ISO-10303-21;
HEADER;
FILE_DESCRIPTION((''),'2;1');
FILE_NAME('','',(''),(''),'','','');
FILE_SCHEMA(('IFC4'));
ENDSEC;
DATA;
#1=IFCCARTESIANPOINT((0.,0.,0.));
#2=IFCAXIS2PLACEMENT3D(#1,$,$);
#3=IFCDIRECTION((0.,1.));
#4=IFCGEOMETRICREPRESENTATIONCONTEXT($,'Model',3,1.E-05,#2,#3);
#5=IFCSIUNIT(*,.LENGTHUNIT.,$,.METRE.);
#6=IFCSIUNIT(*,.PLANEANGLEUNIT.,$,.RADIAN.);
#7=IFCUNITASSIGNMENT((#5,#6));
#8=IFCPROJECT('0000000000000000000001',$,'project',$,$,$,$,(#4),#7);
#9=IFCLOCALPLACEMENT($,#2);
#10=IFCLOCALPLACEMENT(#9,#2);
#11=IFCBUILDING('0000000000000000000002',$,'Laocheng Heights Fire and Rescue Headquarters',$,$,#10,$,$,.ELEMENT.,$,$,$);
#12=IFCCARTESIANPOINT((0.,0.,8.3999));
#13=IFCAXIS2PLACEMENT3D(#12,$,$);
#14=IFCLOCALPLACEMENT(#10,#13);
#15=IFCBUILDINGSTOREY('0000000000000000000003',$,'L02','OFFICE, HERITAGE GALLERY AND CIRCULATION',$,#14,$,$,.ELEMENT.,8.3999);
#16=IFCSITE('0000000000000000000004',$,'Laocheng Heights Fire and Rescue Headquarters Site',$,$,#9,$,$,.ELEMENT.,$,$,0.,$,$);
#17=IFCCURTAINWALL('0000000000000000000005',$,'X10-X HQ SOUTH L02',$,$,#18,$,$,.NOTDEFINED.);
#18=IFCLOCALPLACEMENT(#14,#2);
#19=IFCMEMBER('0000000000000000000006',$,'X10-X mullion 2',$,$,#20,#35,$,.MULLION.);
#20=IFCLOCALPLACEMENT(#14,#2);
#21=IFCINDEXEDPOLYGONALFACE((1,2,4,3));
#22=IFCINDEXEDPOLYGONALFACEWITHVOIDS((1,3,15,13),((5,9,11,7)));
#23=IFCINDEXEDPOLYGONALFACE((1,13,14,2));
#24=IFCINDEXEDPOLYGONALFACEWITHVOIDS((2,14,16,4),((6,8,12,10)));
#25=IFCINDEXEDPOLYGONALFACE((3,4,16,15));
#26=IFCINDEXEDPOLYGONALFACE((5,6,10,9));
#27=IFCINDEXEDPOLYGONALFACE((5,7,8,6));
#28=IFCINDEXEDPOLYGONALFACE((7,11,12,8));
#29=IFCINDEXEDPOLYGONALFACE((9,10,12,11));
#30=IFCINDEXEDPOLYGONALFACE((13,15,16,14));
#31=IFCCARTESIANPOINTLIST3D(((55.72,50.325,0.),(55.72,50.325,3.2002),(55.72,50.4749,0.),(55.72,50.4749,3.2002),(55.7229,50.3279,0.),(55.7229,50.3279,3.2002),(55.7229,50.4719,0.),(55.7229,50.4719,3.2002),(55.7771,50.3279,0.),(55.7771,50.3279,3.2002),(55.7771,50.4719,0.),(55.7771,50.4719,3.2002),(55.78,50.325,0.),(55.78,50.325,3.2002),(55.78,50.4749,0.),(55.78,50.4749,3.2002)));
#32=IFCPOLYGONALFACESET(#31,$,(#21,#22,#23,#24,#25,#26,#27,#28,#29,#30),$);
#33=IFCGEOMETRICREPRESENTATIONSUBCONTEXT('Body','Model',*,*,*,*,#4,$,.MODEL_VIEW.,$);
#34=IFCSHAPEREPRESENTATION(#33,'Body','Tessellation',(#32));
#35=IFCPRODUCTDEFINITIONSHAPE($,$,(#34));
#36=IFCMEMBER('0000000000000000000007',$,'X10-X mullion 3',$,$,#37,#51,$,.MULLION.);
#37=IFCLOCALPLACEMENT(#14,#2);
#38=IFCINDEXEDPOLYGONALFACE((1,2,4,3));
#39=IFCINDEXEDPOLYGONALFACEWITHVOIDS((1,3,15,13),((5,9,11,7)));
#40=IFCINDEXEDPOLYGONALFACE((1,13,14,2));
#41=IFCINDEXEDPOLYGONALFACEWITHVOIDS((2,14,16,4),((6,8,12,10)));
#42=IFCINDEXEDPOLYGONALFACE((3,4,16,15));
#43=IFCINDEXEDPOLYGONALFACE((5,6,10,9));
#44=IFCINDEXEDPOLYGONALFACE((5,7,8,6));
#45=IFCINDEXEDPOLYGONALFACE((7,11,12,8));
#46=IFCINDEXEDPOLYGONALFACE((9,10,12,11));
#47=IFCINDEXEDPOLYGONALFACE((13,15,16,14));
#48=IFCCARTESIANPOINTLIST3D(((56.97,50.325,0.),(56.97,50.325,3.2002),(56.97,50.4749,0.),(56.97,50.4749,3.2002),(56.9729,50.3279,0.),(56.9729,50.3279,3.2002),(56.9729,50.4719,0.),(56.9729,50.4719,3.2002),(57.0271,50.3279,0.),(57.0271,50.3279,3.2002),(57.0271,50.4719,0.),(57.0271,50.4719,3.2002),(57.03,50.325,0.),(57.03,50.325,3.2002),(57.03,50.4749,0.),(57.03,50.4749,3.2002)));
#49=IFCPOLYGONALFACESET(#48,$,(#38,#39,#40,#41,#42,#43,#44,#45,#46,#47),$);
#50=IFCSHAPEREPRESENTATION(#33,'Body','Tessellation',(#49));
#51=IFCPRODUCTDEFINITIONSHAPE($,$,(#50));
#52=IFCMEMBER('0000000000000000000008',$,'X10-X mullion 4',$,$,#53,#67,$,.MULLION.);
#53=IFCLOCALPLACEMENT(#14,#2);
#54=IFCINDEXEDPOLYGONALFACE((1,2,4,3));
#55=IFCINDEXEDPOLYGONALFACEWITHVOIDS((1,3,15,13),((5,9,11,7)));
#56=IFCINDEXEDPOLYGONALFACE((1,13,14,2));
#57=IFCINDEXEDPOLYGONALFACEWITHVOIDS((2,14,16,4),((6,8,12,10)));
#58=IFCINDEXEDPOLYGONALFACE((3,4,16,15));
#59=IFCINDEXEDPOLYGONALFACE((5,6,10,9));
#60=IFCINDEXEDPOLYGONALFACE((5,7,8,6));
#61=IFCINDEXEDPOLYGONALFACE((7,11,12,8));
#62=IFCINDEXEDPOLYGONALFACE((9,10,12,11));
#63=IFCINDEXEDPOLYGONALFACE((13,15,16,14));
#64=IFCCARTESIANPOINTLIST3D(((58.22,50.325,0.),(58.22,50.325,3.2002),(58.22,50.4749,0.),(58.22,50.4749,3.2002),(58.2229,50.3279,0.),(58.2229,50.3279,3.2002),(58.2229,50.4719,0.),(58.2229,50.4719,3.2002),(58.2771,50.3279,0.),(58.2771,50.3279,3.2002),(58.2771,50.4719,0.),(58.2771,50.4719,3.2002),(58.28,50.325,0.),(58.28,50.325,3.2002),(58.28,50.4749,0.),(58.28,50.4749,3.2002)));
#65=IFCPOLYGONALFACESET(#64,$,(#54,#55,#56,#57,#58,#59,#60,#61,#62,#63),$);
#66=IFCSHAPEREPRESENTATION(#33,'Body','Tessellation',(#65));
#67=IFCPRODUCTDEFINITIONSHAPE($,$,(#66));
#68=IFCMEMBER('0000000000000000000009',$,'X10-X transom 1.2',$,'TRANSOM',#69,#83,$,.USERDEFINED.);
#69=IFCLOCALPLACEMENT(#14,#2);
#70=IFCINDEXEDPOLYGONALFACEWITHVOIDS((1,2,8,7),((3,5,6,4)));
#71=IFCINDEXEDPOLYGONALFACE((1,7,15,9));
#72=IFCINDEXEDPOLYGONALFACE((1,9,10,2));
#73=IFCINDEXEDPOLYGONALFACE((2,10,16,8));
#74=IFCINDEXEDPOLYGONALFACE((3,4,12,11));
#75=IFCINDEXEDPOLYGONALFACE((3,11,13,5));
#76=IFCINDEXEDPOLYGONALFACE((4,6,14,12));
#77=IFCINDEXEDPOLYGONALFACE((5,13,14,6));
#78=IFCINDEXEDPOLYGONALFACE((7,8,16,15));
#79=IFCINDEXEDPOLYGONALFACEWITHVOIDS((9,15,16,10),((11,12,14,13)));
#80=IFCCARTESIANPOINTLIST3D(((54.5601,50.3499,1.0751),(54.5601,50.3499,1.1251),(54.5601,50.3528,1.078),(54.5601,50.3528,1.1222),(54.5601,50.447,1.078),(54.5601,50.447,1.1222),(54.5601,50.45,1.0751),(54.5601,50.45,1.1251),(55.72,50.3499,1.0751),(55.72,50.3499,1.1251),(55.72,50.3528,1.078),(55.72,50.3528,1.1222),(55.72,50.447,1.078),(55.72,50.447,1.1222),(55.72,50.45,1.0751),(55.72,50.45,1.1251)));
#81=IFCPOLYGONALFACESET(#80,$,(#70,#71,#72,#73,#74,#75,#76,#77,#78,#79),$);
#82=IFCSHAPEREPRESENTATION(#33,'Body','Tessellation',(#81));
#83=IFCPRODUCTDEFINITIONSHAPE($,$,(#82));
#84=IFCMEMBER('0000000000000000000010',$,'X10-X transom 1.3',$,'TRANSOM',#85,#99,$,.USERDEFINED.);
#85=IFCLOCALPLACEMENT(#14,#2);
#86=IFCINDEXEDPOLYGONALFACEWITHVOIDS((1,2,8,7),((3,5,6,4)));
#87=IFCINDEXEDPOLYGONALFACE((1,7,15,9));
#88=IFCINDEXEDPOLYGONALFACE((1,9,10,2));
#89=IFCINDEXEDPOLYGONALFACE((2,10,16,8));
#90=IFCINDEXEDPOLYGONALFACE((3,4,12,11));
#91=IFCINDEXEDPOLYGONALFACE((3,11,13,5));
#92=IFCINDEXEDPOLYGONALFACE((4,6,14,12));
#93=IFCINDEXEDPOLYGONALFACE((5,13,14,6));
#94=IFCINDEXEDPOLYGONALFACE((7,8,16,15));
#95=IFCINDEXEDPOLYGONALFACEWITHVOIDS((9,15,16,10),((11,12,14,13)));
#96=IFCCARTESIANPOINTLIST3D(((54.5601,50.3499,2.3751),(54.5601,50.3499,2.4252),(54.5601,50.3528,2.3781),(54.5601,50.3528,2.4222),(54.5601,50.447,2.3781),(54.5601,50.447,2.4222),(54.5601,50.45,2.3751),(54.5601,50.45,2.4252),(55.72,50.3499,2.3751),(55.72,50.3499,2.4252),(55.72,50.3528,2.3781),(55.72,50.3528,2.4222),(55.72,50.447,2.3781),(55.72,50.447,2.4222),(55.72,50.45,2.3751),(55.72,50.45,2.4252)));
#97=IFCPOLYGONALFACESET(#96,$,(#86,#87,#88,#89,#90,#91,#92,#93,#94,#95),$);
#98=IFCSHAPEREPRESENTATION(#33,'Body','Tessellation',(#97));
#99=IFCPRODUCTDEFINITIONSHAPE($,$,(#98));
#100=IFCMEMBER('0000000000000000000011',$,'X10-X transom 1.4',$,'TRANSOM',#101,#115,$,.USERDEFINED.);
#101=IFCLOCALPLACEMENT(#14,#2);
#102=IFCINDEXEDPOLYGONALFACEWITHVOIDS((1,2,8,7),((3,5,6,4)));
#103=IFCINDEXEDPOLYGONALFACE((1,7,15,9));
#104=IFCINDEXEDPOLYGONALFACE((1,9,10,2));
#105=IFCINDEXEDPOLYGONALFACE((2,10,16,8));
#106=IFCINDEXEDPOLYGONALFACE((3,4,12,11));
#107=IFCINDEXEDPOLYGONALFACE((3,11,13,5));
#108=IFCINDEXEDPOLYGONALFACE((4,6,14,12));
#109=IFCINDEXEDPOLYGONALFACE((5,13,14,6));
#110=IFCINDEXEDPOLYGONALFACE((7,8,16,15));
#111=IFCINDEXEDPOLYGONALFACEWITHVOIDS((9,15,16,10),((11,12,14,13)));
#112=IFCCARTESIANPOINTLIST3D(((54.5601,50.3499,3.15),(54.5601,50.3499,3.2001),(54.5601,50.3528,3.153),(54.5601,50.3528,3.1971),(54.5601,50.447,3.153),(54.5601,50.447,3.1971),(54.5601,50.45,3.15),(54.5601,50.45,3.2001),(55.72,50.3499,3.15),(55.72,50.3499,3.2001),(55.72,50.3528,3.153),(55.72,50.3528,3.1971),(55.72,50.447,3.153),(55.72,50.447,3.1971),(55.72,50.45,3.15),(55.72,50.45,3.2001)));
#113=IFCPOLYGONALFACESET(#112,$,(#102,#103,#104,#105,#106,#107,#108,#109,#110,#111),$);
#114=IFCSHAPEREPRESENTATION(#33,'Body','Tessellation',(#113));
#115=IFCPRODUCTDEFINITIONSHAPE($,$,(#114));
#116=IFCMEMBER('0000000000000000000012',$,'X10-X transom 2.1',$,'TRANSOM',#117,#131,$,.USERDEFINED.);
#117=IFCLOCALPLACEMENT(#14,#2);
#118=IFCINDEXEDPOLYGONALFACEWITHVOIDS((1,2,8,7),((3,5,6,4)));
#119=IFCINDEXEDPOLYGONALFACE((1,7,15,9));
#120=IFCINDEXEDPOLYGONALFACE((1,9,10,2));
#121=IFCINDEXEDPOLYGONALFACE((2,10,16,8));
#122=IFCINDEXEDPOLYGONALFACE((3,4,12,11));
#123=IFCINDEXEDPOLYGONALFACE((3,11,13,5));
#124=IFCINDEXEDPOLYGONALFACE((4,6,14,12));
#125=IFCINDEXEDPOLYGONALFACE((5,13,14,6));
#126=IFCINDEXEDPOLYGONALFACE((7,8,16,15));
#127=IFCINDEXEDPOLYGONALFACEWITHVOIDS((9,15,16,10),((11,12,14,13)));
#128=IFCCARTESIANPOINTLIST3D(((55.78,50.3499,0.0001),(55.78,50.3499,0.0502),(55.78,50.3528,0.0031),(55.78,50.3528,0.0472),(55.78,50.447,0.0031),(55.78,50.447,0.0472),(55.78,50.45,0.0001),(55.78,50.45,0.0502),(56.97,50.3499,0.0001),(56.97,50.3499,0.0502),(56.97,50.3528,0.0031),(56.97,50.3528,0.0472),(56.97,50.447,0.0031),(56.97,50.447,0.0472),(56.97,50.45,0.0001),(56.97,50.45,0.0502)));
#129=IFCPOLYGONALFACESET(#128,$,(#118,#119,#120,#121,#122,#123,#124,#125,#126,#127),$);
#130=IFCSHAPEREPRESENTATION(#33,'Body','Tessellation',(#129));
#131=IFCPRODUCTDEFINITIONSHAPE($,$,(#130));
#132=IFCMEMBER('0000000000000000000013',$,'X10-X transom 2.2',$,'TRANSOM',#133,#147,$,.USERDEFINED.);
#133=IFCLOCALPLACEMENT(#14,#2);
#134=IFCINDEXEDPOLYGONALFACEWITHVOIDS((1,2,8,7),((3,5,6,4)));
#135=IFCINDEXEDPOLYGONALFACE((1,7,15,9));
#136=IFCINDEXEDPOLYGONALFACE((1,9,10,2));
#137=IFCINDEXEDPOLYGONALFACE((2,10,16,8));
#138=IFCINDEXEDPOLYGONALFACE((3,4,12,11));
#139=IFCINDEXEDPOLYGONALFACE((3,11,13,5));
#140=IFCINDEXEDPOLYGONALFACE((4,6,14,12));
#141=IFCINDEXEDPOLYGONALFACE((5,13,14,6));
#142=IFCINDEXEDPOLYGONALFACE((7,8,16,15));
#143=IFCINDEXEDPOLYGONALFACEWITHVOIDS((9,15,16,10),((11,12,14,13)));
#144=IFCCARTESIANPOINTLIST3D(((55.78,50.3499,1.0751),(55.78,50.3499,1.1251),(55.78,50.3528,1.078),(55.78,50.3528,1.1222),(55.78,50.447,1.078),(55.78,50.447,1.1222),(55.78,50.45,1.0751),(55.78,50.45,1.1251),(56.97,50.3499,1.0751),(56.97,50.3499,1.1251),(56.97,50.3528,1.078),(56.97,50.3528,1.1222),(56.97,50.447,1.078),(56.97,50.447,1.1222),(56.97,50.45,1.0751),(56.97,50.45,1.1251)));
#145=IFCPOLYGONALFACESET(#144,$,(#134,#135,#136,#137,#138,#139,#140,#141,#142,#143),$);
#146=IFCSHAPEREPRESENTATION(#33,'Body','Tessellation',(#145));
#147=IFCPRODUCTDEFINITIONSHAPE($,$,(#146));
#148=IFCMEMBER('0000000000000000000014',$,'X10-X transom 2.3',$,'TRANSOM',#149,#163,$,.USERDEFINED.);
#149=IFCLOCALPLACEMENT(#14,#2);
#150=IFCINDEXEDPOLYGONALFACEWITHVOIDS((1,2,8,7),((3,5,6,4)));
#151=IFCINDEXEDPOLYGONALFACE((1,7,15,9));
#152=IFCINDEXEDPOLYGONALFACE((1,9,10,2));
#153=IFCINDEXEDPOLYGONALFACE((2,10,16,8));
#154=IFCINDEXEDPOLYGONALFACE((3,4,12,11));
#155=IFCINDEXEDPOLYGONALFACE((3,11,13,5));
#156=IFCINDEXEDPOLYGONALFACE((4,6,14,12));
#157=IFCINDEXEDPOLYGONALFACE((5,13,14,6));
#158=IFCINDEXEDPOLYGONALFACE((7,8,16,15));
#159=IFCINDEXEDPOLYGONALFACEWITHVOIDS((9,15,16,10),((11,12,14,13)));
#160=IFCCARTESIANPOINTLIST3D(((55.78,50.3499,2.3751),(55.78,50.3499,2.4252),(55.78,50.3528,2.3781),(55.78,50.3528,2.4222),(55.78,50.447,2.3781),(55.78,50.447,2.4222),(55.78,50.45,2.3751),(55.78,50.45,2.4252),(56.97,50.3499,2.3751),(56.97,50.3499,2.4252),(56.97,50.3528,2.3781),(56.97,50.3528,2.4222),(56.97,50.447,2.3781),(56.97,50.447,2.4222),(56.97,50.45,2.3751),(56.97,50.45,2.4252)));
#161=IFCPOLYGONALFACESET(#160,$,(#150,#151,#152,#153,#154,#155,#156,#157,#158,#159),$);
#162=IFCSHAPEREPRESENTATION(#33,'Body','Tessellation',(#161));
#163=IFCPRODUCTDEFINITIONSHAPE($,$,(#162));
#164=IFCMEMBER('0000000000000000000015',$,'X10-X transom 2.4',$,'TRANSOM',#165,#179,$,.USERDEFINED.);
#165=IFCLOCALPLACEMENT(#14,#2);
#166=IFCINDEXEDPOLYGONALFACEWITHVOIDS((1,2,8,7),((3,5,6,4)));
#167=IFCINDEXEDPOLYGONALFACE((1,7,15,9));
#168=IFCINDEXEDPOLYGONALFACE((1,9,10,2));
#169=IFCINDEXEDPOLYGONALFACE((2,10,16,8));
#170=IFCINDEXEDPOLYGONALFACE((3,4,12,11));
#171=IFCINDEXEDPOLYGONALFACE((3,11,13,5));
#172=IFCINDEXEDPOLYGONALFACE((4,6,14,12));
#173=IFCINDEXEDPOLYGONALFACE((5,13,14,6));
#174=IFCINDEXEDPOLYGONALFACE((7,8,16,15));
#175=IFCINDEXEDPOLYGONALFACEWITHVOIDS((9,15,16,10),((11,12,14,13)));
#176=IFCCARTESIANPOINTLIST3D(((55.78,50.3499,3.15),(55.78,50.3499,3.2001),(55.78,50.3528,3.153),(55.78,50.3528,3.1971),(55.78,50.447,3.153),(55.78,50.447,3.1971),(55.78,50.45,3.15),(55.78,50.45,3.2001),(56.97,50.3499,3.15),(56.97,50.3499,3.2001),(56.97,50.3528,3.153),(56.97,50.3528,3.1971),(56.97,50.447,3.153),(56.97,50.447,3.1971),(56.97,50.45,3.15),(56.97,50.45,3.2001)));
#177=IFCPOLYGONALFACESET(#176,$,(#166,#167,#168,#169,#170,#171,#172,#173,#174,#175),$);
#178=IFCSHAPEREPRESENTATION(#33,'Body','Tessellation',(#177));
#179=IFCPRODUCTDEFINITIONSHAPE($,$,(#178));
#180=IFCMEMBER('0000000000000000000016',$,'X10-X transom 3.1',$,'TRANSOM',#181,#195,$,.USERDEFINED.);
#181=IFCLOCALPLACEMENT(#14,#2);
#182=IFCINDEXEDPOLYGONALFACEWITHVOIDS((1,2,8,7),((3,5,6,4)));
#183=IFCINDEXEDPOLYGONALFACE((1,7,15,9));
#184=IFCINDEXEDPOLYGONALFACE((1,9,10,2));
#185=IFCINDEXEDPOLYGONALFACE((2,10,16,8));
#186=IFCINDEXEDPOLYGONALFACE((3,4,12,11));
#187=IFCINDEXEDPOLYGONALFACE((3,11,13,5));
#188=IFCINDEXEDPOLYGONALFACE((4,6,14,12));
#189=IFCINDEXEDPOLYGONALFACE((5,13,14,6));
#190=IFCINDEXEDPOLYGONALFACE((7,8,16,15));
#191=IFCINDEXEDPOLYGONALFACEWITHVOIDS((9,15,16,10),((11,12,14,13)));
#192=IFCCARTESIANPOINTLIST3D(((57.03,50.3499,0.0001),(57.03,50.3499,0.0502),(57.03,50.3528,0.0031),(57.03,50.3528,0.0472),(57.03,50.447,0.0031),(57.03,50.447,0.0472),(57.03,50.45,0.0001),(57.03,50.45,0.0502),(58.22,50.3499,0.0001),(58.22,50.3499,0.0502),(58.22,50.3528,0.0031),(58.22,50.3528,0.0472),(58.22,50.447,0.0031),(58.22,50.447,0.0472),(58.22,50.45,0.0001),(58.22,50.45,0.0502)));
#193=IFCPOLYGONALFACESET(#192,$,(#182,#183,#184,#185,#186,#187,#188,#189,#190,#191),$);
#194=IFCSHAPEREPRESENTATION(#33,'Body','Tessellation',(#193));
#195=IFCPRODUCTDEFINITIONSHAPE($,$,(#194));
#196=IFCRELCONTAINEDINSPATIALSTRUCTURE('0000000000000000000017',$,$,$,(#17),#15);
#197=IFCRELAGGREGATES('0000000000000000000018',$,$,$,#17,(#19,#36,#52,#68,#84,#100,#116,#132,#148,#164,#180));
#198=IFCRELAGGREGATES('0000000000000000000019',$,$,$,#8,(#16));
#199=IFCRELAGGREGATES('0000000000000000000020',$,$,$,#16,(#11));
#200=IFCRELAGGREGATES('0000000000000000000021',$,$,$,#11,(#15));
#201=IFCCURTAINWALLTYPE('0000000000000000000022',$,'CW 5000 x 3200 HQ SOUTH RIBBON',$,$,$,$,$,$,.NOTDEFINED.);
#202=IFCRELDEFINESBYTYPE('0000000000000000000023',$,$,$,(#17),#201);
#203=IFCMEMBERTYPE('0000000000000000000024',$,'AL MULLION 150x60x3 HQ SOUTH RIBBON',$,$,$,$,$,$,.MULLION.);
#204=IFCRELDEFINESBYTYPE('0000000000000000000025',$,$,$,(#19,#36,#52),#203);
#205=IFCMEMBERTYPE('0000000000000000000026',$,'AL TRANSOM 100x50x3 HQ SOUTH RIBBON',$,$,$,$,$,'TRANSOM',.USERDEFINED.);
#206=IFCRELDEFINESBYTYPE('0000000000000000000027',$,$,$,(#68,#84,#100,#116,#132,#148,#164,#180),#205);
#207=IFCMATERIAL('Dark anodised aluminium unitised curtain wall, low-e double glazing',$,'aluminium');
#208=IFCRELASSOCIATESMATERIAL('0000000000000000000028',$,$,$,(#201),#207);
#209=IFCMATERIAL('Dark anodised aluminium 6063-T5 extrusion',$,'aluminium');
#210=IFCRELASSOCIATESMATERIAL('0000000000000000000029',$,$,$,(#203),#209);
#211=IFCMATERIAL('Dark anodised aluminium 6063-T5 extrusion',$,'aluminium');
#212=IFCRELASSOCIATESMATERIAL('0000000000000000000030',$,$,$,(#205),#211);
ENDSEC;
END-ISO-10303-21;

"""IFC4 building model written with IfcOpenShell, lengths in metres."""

from ifc_helpers import new_model, si_unit, direction, frame, origin, origin_2d, place, context, subcontext, project, spatial, hollow_rectangle, extrude, material, material_profile, profile_set, type_object, element, aggregate, save


model = new_model("IFC4")

# Units and contexts
model_context = context("Model", 3, precision=1e-05, world=origin(), true_north=direction((0.0, 1.0)))
body_context = subcontext(model_context, "Body", "Model", "MODEL_VIEW")
ifc_project = project(units=[si_unit("LENGTHUNIT", "METRE"), si_unit("PLANEANGLEUNIT", "RADIAN")], contexts=[model_context])

# Site, building, storey
site_placement = place(None, origin())
site = spatial("IfcSite", under=ifc_project, at=site_placement, Name="Laocheng Heights Fire and Rescue Headquarters Site", CompositionType="ELEMENT", RefElevation=0.0)
building_placement = place(site_placement, origin())
building = spatial("IfcBuilding", under=site, at=building_placement, Name="Laocheng Heights Fire and Rescue Headquarters", CompositionType="ELEMENT")
storey_placement = place(building_placement, frame((0.0, 0.0, 8.3999)))
storey = spatial("IfcBuildingStorey", under=building, at=storey_placement, Name="L02", Description="OFFICE, HERITAGE GALLERY AND CIRCULATION", CompositionType="ELEMENT", Elevation=8.3999)

# Curtain wall, members
ifc_material_1 = material(Name="Dark anodised aluminium unitised curtain wall, low-e double glazing", Category="aluminium")
curtain_wall_type = type_object("IfcCurtainWallType", Name="CW 5000 x 3200 HQ SOUTH RIBBON", PredefinedType="NOTDEFINED", material=ifc_material_1)
curtain_wall_placement = place(storey_placement, origin())
curtain_wall = element("IfcCurtainWall", 1, at=curtain_wall_placement, inside=storey, type_object=curtain_wall_type, Name="X10-X HQ SOUTH L02", PredefinedType="NOTDEFINED")
ifc_material_2 = material(Name="Dark anodised aluminium 6063-T5 extrusion", Category="aluminium")
ifc_material_profile_1 = material_profile(ifc_material_2, hollow_rectangle(XDim=0.1499, YDim=0.0601, WallThickness=0.0029, at=origin_2d()), Name="AL MULLION 150x60x3 HQ SOUTH RIBBON")
ifc_profile_set_1 = profile_set([ifc_material_profile_1], Name="Dark anodised aluminium 6063-T5 extrusion")
member_type_1 = type_object("IfcMemberType", Name="AL MULLION 150x60x3 HQ SOUTH RIBBON", PredefinedType="MULLION", material=ifc_profile_set_1)
member_1_placement = place(storey_placement, frame((55.75, 50.3999, 0.0), z_axis=(0.0, 0.0, 1.0), x_axis=(0.0, 1.0, 0.0)))
member_1 = element("IfcMember", 2, at=member_1_placement, type_object=member_type_1, Name="X10-X mullion 2", PredefinedType="MULLION", context=body_context, shape_type="SweptSolid", body=[
    extrude(hollow_rectangle(XDim=0.1499, YDim=0.0601, WallThickness=0.0029, at=origin_2d()), origin(), (0.0, 0.0, 1.0), 3.2002),
])
member_2_placement = place(storey_placement, frame((57.0, 50.3999, 0.0), z_axis=(0.0, 0.0, 1.0), x_axis=(0.0, 1.0, 0.0)))
member_2 = element("IfcMember", 3, at=member_2_placement, type_object=member_type_1, Name="X10-X mullion 3", PredefinedType="MULLION", context=body_context, shape_type="SweptSolid", body=[
    extrude(hollow_rectangle(XDim=0.1499, YDim=0.0601, WallThickness=0.0029, at=origin_2d()), origin(), (0.0, 0.0, 1.0), 3.2002),
])
member_3_placement = place(storey_placement, frame((58.25, 50.3999, 0.0), z_axis=(0.0, 0.0, 1.0), x_axis=(0.0, 1.0, 0.0)))
member_3 = element("IfcMember", 4, at=member_3_placement, type_object=member_type_1, Name="X10-X mullion 4", PredefinedType="MULLION", context=body_context, shape_type="SweptSolid", body=[
    extrude(hollow_rectangle(XDim=0.1499, YDim=0.0601, WallThickness=0.0029, at=origin_2d()), origin(), (0.0, 0.0, 1.0), 3.2002),
])
ifc_material_3 = material(Name="Dark anodised aluminium 6063-T5 extrusion", Category="aluminium")
ifc_material_profile_2 = material_profile(ifc_material_3, hollow_rectangle(XDim=0.1001, YDim=0.05, WallThickness=0.0029, at=origin_2d()), Name="AL TRANSOM 100x50x3 HQ SOUTH RIBBON")
ifc_profile_set_2 = profile_set([ifc_material_profile_2], Name="Dark anodised aluminium 6063-T5 extrusion")
member_type_2 = type_object("IfcMemberType", Name="AL TRANSOM 100x50x3 HQ SOUTH RIBBON", ElementType="TRANSOM", PredefinedType="USERDEFINED", material=ifc_profile_set_2)
member_4_placement = place(storey_placement, frame((54.5601, 50.3999, 1.1001), z_axis=(1.0, 0.0, 0.0), x_axis=(0.0, 1.0, 0.0)))
member_4 = element("IfcMember", 5, at=member_4_placement, type_object=member_type_2, Name="X10-X transom 1.2", ObjectType="TRANSOM", PredefinedType="USERDEFINED", context=body_context, shape_type="SweptSolid", body=[
    extrude(hollow_rectangle(XDim=0.1001, YDim=0.05, WallThickness=0.0029, at=origin_2d()), origin(), (0.0, 0.0, 1.0), 1.1599),
])
member_5_placement = place(storey_placement, frame((54.5601, 50.3999, 2.4001), z_axis=(1.0, 0.0, 0.0), x_axis=(0.0, 1.0, 0.0)))
member_5 = element("IfcMember", 6, at=member_5_placement, type_object=member_type_2, Name="X10-X transom 1.3", ObjectType="TRANSOM", PredefinedType="USERDEFINED", context=body_context, shape_type="SweptSolid", body=[
    extrude(hollow_rectangle(XDim=0.1001, YDim=0.05, WallThickness=0.0029, at=origin_2d()), origin(), (0.0, 0.0, 1.0), 1.1599),
])
member_6_placement = place(storey_placement, frame((54.5601, 50.3999, 3.175), z_axis=(1.0, 0.0, 0.0), x_axis=(0.0, 1.0, 0.0)))
member_6 = element("IfcMember", 7, at=member_6_placement, type_object=member_type_2, Name="X10-X transom 1.4", ObjectType="TRANSOM", PredefinedType="USERDEFINED", context=body_context, shape_type="SweptSolid", body=[
    extrude(hollow_rectangle(XDim=0.1001, YDim=0.05, WallThickness=0.0029, at=origin_2d()), origin(), (0.0, 0.0, 1.0), 1.1599),
])
member_7_placement = place(storey_placement, frame((55.78, 50.3999, 0.0251), z_axis=(1.0, 0.0, 0.0), x_axis=(0.0, 1.0, 0.0)))
member_7 = element("IfcMember", 8, at=member_7_placement, type_object=member_type_2, Name="X10-X transom 2.1", ObjectType="TRANSOM", PredefinedType="USERDEFINED", context=body_context, shape_type="SweptSolid", body=[
    extrude(hollow_rectangle(XDim=0.1001, YDim=0.05, WallThickness=0.0029, at=origin_2d()), origin(), (0.0, 0.0, 1.0), 1.1899),
])
member_8_placement = place(storey_placement, frame((55.78, 50.3999, 1.1001), z_axis=(1.0, 0.0, 0.0), x_axis=(0.0, 1.0, 0.0)))
member_8 = element("IfcMember", 9, at=member_8_placement, type_object=member_type_2, Name="X10-X transom 2.2", ObjectType="TRANSOM", PredefinedType="USERDEFINED", context=body_context, shape_type="SweptSolid", body=[
    extrude(hollow_rectangle(XDim=0.1001, YDim=0.05, WallThickness=0.0029, at=origin_2d()), origin(), (0.0, 0.0, 1.0), 1.1899),
])
member_9_placement = place(storey_placement, frame((55.78, 50.3999, 2.4001), z_axis=(1.0, 0.0, 0.0), x_axis=(0.0, 1.0, 0.0)))
member_9 = element("IfcMember", 10, at=member_9_placement, type_object=member_type_2, Name="X10-X transom 2.3", ObjectType="TRANSOM", PredefinedType="USERDEFINED", context=body_context, shape_type="SweptSolid", body=[
    extrude(hollow_rectangle(XDim=0.1001, YDim=0.05, WallThickness=0.0029, at=origin_2d()), origin(), (0.0, 0.0, 1.0), 1.1899),
])
member_10_placement = place(storey_placement, frame((55.78, 50.3999, 3.175), z_axis=(1.0, 0.0, 0.0), x_axis=(0.0, 1.0, 0.0)))
member_10 = element("IfcMember", 11, at=member_10_placement, type_object=member_type_2, Name="X10-X transom 2.4", ObjectType="TRANSOM", PredefinedType="USERDEFINED", context=body_context, shape_type="SweptSolid", body=[
    extrude(hollow_rectangle(XDim=0.1001, YDim=0.05, WallThickness=0.0029, at=origin_2d()), origin(), (0.0, 0.0, 1.0), 1.1899),
])
member_11_placement = place(storey_placement, frame((57.03, 50.3999, 0.0251), z_axis=(1.0, 0.0, 0.0), x_axis=(0.0, 1.0, 0.0)))
member_11 = element("IfcMember", 12, at=member_11_placement, type_object=member_type_2, Name="X10-X transom 3.1", ObjectType="TRANSOM", PredefinedType="USERDEFINED", context=body_context, shape_type="SweptSolid", body=[
    extrude(hollow_rectangle(XDim=0.1001, YDim=0.05, WallThickness=0.0029, at=origin_2d()), origin(), (0.0, 0.0, 1.0), 1.1899),
])
aggregate(curtain_wall, [member_1, member_2, member_3, member_4, member_5, member_6, member_7, member_8, member_9, member_10, member_11])

save(model, "model.ifc")
